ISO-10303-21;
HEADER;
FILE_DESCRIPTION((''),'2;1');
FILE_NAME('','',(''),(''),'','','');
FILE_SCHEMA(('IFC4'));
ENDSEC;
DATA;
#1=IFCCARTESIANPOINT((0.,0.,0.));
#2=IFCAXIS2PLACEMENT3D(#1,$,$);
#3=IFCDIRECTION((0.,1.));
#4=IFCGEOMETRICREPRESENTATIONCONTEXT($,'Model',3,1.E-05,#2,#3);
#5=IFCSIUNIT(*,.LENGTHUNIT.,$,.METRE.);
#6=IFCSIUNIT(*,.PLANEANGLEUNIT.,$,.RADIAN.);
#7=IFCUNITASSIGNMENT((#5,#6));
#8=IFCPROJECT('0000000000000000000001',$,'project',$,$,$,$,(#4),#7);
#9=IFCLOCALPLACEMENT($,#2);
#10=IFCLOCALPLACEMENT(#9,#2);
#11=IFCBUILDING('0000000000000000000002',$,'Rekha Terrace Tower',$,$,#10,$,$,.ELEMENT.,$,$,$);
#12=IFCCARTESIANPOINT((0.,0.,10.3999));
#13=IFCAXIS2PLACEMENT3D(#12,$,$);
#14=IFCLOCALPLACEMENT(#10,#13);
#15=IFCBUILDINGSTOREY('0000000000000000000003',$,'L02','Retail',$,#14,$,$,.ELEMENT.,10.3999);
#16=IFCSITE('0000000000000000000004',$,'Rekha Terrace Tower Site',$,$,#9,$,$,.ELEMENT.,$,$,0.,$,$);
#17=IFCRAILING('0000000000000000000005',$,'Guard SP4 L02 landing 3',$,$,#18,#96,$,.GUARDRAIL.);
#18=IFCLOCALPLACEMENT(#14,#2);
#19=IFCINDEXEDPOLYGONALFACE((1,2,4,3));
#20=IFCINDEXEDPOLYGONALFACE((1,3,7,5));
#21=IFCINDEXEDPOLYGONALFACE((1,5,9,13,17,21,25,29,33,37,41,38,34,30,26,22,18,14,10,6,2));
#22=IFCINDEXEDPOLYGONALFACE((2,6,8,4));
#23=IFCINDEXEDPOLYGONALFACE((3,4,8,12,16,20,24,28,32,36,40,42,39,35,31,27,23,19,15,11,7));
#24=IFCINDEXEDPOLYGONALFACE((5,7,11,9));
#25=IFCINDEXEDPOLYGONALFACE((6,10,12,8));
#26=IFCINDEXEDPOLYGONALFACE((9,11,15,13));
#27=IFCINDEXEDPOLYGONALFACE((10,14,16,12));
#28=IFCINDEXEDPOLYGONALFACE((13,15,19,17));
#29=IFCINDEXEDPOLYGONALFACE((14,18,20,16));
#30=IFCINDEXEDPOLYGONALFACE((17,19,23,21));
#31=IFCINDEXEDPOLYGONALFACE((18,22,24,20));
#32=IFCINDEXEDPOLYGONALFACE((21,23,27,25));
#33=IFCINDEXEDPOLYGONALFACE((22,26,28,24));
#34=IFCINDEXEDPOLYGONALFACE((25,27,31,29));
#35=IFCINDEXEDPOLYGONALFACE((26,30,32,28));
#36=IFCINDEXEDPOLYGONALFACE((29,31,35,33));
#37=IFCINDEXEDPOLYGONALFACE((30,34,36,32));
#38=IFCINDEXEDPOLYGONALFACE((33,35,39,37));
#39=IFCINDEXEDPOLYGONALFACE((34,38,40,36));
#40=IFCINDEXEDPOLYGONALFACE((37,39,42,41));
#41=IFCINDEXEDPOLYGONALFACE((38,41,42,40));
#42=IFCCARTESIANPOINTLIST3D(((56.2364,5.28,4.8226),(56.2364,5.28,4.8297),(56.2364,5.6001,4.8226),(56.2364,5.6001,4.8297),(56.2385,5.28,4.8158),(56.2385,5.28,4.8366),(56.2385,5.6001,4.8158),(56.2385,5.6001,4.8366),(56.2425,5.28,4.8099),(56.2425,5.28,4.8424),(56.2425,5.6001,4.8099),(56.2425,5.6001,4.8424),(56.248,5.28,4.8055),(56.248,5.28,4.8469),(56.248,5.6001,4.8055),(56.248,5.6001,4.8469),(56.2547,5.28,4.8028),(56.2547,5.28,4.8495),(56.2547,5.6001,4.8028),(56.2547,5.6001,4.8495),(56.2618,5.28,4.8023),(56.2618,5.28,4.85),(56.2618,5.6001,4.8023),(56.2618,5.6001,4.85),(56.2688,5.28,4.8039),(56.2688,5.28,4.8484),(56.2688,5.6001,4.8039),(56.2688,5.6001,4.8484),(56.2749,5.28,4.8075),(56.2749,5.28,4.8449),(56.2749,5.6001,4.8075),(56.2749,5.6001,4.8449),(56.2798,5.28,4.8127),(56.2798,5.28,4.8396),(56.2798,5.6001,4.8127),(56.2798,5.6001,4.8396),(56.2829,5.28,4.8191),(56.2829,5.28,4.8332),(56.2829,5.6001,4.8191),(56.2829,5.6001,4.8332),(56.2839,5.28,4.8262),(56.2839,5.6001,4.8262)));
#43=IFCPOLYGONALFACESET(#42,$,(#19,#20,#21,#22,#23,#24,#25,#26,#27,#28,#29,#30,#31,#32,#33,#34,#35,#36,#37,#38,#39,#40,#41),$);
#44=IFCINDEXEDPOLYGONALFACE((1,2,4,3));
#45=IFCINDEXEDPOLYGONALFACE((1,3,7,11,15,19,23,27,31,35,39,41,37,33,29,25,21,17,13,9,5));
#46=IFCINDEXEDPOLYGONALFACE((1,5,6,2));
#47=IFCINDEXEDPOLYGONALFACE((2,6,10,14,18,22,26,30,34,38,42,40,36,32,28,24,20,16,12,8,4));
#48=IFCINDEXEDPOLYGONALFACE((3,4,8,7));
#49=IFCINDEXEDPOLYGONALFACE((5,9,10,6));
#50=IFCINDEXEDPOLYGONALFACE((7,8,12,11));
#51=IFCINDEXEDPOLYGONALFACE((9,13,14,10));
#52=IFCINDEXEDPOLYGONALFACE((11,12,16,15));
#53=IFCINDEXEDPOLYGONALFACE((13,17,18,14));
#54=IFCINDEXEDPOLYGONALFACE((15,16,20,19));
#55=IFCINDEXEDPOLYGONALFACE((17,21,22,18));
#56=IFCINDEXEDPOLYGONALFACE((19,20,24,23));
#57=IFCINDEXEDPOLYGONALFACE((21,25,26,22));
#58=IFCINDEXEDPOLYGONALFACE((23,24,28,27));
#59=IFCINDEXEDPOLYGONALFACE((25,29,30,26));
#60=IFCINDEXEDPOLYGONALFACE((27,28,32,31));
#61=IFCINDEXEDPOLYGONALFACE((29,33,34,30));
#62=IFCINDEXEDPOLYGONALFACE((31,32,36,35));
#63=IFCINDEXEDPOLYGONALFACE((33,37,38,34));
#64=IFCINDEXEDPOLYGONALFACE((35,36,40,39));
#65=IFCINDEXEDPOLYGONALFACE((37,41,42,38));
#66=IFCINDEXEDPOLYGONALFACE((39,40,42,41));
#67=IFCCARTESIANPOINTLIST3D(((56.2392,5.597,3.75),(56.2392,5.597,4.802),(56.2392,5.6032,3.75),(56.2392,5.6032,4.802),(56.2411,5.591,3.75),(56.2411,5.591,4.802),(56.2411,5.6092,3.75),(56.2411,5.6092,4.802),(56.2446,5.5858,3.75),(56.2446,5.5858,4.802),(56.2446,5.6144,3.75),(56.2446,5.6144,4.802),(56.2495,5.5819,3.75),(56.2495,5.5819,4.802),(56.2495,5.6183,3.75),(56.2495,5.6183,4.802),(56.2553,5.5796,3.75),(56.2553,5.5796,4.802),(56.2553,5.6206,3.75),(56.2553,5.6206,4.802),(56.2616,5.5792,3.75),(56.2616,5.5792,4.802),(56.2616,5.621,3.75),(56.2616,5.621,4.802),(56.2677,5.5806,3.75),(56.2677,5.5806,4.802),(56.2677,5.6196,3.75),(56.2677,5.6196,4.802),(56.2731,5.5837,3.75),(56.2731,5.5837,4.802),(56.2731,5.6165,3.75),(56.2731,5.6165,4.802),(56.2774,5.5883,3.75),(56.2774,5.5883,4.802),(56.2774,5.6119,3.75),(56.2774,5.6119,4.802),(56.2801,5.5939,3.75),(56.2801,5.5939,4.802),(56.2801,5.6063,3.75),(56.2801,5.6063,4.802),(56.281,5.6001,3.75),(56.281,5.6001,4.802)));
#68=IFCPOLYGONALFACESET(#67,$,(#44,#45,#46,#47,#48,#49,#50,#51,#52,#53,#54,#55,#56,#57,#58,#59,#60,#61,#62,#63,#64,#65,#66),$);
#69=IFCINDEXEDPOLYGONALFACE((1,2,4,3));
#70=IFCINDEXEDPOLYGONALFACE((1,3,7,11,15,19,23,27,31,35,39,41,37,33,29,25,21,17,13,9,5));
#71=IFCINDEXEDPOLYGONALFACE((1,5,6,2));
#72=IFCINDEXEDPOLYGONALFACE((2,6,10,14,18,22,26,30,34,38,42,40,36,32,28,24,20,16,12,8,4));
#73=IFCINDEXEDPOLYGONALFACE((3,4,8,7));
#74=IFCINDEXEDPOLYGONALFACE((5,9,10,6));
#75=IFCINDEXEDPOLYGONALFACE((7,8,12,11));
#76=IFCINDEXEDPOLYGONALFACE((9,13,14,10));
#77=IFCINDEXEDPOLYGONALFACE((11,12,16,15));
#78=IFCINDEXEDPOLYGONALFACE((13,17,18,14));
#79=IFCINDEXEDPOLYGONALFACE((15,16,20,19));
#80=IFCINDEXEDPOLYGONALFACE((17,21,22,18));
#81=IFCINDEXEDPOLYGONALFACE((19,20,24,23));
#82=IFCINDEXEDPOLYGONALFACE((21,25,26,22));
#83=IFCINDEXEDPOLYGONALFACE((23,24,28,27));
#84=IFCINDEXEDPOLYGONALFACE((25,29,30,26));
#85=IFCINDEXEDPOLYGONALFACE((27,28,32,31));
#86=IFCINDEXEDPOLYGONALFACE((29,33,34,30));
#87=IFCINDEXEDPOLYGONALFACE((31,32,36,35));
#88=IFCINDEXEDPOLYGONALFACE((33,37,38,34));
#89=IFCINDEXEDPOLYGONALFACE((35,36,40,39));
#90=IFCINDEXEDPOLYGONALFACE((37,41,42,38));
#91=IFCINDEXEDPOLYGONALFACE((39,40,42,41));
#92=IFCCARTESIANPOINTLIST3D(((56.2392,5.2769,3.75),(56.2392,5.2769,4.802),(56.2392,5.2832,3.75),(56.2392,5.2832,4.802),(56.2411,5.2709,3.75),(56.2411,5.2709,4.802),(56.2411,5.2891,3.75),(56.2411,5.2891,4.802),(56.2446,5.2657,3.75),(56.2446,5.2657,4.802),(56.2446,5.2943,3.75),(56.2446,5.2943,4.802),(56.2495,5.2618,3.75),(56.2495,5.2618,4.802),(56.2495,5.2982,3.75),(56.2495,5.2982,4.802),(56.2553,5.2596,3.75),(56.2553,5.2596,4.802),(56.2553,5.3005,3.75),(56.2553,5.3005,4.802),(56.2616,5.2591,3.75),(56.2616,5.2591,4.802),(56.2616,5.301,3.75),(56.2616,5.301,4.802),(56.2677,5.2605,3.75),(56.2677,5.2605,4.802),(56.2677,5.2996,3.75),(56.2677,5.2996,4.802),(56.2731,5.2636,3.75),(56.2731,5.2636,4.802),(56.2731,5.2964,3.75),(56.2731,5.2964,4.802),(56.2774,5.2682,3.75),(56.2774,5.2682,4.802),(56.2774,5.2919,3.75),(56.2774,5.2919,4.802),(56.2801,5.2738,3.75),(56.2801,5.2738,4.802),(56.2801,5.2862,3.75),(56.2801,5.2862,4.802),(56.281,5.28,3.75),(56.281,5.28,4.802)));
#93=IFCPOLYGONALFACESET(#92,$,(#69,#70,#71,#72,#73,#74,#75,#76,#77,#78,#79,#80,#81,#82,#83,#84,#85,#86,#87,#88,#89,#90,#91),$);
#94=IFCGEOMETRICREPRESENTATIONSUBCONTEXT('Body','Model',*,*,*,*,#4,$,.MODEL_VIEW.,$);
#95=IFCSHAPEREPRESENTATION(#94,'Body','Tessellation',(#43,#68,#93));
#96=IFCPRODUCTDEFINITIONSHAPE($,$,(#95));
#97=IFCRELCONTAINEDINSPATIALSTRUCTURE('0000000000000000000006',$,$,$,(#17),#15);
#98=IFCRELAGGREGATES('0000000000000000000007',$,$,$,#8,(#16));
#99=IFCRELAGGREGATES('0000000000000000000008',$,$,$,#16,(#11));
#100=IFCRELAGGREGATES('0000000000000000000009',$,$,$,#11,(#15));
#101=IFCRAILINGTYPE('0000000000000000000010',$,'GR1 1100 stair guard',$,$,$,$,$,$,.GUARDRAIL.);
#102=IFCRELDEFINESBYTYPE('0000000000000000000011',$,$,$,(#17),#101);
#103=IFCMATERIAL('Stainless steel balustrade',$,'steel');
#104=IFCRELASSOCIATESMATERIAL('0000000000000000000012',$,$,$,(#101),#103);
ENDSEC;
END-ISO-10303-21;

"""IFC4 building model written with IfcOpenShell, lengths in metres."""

from ifc_helpers import new_model, si_unit, direction, frame, origin, origin_2d, place, context, subcontext, project, spatial, circle, extrude, material, type_object, element, save


model = new_model("IFC4")

# Units and contexts
model_context = context("Model", 3, precision=1e-05, world=origin(), true_north=direction((0.0, 1.0)))
body_context = subcontext(model_context, "Body", "Model", "MODEL_VIEW")
ifc_project = project(units=[si_unit("LENGTHUNIT", "METRE"), si_unit("PLANEANGLEUNIT", "RADIAN")], contexts=[model_context])

# Site, building, storey
site_placement = place(None, origin())
site = spatial("IfcSite", under=ifc_project, at=site_placement, Name="Rekha Terrace Tower Site", CompositionType="ELEMENT", RefElevation=0.0)
building_placement = place(site_placement, origin())
building = spatial("IfcBuilding", under=site, at=building_placement, Name="Rekha Terrace Tower", CompositionType="ELEMENT")
storey_placement = place(building_placement, frame((0.0, 0.0, 10.3999)))
storey = spatial("IfcBuildingStorey", under=building, at=storey_placement, Name="L02", Description="Retail", CompositionType="ELEMENT", Elevation=10.3999)

# Railing
ifc_material_1 = material(Name="Stainless steel balustrade", Category="steel")
railing_type_1 = type_object("IfcRailingType", Name="GR1 1100 stair guard", PredefinedType="GUARDRAIL", material=ifc_material_1)
railing_1_placement = place(storey_placement, frame((56.26, 5.6001, 3.75)))
element("IfcRailing", 1, at=railing_1_placement, inside=storey, type_object=railing_type_1, Name="Guard SP4 L02 landing 3", PredefinedType="GUARDRAIL", context=body_context, shape_type="SweptSolid", body=[
    extrude(circle(Radius=0.0239, at=origin_2d()), frame((0.0, 0.0, 1.0762), z_axis=(0.0, -1.0, 0.0), x_axis=(1.0, 0.0, 0.0)), (0.0, 0.0, 1.0), 0.3201),
    extrude(circle(Radius=0.021, at=origin_2d()), origin(), (0.0, 0.0, 1.0), 1.052),
    extrude(circle(Radius=0.021, at=origin_2d()), frame((0.0, -0.3201, 0.0)), (0.0, 0.0, 1.0), 1.052),
])

save(model, "model.ifc")
